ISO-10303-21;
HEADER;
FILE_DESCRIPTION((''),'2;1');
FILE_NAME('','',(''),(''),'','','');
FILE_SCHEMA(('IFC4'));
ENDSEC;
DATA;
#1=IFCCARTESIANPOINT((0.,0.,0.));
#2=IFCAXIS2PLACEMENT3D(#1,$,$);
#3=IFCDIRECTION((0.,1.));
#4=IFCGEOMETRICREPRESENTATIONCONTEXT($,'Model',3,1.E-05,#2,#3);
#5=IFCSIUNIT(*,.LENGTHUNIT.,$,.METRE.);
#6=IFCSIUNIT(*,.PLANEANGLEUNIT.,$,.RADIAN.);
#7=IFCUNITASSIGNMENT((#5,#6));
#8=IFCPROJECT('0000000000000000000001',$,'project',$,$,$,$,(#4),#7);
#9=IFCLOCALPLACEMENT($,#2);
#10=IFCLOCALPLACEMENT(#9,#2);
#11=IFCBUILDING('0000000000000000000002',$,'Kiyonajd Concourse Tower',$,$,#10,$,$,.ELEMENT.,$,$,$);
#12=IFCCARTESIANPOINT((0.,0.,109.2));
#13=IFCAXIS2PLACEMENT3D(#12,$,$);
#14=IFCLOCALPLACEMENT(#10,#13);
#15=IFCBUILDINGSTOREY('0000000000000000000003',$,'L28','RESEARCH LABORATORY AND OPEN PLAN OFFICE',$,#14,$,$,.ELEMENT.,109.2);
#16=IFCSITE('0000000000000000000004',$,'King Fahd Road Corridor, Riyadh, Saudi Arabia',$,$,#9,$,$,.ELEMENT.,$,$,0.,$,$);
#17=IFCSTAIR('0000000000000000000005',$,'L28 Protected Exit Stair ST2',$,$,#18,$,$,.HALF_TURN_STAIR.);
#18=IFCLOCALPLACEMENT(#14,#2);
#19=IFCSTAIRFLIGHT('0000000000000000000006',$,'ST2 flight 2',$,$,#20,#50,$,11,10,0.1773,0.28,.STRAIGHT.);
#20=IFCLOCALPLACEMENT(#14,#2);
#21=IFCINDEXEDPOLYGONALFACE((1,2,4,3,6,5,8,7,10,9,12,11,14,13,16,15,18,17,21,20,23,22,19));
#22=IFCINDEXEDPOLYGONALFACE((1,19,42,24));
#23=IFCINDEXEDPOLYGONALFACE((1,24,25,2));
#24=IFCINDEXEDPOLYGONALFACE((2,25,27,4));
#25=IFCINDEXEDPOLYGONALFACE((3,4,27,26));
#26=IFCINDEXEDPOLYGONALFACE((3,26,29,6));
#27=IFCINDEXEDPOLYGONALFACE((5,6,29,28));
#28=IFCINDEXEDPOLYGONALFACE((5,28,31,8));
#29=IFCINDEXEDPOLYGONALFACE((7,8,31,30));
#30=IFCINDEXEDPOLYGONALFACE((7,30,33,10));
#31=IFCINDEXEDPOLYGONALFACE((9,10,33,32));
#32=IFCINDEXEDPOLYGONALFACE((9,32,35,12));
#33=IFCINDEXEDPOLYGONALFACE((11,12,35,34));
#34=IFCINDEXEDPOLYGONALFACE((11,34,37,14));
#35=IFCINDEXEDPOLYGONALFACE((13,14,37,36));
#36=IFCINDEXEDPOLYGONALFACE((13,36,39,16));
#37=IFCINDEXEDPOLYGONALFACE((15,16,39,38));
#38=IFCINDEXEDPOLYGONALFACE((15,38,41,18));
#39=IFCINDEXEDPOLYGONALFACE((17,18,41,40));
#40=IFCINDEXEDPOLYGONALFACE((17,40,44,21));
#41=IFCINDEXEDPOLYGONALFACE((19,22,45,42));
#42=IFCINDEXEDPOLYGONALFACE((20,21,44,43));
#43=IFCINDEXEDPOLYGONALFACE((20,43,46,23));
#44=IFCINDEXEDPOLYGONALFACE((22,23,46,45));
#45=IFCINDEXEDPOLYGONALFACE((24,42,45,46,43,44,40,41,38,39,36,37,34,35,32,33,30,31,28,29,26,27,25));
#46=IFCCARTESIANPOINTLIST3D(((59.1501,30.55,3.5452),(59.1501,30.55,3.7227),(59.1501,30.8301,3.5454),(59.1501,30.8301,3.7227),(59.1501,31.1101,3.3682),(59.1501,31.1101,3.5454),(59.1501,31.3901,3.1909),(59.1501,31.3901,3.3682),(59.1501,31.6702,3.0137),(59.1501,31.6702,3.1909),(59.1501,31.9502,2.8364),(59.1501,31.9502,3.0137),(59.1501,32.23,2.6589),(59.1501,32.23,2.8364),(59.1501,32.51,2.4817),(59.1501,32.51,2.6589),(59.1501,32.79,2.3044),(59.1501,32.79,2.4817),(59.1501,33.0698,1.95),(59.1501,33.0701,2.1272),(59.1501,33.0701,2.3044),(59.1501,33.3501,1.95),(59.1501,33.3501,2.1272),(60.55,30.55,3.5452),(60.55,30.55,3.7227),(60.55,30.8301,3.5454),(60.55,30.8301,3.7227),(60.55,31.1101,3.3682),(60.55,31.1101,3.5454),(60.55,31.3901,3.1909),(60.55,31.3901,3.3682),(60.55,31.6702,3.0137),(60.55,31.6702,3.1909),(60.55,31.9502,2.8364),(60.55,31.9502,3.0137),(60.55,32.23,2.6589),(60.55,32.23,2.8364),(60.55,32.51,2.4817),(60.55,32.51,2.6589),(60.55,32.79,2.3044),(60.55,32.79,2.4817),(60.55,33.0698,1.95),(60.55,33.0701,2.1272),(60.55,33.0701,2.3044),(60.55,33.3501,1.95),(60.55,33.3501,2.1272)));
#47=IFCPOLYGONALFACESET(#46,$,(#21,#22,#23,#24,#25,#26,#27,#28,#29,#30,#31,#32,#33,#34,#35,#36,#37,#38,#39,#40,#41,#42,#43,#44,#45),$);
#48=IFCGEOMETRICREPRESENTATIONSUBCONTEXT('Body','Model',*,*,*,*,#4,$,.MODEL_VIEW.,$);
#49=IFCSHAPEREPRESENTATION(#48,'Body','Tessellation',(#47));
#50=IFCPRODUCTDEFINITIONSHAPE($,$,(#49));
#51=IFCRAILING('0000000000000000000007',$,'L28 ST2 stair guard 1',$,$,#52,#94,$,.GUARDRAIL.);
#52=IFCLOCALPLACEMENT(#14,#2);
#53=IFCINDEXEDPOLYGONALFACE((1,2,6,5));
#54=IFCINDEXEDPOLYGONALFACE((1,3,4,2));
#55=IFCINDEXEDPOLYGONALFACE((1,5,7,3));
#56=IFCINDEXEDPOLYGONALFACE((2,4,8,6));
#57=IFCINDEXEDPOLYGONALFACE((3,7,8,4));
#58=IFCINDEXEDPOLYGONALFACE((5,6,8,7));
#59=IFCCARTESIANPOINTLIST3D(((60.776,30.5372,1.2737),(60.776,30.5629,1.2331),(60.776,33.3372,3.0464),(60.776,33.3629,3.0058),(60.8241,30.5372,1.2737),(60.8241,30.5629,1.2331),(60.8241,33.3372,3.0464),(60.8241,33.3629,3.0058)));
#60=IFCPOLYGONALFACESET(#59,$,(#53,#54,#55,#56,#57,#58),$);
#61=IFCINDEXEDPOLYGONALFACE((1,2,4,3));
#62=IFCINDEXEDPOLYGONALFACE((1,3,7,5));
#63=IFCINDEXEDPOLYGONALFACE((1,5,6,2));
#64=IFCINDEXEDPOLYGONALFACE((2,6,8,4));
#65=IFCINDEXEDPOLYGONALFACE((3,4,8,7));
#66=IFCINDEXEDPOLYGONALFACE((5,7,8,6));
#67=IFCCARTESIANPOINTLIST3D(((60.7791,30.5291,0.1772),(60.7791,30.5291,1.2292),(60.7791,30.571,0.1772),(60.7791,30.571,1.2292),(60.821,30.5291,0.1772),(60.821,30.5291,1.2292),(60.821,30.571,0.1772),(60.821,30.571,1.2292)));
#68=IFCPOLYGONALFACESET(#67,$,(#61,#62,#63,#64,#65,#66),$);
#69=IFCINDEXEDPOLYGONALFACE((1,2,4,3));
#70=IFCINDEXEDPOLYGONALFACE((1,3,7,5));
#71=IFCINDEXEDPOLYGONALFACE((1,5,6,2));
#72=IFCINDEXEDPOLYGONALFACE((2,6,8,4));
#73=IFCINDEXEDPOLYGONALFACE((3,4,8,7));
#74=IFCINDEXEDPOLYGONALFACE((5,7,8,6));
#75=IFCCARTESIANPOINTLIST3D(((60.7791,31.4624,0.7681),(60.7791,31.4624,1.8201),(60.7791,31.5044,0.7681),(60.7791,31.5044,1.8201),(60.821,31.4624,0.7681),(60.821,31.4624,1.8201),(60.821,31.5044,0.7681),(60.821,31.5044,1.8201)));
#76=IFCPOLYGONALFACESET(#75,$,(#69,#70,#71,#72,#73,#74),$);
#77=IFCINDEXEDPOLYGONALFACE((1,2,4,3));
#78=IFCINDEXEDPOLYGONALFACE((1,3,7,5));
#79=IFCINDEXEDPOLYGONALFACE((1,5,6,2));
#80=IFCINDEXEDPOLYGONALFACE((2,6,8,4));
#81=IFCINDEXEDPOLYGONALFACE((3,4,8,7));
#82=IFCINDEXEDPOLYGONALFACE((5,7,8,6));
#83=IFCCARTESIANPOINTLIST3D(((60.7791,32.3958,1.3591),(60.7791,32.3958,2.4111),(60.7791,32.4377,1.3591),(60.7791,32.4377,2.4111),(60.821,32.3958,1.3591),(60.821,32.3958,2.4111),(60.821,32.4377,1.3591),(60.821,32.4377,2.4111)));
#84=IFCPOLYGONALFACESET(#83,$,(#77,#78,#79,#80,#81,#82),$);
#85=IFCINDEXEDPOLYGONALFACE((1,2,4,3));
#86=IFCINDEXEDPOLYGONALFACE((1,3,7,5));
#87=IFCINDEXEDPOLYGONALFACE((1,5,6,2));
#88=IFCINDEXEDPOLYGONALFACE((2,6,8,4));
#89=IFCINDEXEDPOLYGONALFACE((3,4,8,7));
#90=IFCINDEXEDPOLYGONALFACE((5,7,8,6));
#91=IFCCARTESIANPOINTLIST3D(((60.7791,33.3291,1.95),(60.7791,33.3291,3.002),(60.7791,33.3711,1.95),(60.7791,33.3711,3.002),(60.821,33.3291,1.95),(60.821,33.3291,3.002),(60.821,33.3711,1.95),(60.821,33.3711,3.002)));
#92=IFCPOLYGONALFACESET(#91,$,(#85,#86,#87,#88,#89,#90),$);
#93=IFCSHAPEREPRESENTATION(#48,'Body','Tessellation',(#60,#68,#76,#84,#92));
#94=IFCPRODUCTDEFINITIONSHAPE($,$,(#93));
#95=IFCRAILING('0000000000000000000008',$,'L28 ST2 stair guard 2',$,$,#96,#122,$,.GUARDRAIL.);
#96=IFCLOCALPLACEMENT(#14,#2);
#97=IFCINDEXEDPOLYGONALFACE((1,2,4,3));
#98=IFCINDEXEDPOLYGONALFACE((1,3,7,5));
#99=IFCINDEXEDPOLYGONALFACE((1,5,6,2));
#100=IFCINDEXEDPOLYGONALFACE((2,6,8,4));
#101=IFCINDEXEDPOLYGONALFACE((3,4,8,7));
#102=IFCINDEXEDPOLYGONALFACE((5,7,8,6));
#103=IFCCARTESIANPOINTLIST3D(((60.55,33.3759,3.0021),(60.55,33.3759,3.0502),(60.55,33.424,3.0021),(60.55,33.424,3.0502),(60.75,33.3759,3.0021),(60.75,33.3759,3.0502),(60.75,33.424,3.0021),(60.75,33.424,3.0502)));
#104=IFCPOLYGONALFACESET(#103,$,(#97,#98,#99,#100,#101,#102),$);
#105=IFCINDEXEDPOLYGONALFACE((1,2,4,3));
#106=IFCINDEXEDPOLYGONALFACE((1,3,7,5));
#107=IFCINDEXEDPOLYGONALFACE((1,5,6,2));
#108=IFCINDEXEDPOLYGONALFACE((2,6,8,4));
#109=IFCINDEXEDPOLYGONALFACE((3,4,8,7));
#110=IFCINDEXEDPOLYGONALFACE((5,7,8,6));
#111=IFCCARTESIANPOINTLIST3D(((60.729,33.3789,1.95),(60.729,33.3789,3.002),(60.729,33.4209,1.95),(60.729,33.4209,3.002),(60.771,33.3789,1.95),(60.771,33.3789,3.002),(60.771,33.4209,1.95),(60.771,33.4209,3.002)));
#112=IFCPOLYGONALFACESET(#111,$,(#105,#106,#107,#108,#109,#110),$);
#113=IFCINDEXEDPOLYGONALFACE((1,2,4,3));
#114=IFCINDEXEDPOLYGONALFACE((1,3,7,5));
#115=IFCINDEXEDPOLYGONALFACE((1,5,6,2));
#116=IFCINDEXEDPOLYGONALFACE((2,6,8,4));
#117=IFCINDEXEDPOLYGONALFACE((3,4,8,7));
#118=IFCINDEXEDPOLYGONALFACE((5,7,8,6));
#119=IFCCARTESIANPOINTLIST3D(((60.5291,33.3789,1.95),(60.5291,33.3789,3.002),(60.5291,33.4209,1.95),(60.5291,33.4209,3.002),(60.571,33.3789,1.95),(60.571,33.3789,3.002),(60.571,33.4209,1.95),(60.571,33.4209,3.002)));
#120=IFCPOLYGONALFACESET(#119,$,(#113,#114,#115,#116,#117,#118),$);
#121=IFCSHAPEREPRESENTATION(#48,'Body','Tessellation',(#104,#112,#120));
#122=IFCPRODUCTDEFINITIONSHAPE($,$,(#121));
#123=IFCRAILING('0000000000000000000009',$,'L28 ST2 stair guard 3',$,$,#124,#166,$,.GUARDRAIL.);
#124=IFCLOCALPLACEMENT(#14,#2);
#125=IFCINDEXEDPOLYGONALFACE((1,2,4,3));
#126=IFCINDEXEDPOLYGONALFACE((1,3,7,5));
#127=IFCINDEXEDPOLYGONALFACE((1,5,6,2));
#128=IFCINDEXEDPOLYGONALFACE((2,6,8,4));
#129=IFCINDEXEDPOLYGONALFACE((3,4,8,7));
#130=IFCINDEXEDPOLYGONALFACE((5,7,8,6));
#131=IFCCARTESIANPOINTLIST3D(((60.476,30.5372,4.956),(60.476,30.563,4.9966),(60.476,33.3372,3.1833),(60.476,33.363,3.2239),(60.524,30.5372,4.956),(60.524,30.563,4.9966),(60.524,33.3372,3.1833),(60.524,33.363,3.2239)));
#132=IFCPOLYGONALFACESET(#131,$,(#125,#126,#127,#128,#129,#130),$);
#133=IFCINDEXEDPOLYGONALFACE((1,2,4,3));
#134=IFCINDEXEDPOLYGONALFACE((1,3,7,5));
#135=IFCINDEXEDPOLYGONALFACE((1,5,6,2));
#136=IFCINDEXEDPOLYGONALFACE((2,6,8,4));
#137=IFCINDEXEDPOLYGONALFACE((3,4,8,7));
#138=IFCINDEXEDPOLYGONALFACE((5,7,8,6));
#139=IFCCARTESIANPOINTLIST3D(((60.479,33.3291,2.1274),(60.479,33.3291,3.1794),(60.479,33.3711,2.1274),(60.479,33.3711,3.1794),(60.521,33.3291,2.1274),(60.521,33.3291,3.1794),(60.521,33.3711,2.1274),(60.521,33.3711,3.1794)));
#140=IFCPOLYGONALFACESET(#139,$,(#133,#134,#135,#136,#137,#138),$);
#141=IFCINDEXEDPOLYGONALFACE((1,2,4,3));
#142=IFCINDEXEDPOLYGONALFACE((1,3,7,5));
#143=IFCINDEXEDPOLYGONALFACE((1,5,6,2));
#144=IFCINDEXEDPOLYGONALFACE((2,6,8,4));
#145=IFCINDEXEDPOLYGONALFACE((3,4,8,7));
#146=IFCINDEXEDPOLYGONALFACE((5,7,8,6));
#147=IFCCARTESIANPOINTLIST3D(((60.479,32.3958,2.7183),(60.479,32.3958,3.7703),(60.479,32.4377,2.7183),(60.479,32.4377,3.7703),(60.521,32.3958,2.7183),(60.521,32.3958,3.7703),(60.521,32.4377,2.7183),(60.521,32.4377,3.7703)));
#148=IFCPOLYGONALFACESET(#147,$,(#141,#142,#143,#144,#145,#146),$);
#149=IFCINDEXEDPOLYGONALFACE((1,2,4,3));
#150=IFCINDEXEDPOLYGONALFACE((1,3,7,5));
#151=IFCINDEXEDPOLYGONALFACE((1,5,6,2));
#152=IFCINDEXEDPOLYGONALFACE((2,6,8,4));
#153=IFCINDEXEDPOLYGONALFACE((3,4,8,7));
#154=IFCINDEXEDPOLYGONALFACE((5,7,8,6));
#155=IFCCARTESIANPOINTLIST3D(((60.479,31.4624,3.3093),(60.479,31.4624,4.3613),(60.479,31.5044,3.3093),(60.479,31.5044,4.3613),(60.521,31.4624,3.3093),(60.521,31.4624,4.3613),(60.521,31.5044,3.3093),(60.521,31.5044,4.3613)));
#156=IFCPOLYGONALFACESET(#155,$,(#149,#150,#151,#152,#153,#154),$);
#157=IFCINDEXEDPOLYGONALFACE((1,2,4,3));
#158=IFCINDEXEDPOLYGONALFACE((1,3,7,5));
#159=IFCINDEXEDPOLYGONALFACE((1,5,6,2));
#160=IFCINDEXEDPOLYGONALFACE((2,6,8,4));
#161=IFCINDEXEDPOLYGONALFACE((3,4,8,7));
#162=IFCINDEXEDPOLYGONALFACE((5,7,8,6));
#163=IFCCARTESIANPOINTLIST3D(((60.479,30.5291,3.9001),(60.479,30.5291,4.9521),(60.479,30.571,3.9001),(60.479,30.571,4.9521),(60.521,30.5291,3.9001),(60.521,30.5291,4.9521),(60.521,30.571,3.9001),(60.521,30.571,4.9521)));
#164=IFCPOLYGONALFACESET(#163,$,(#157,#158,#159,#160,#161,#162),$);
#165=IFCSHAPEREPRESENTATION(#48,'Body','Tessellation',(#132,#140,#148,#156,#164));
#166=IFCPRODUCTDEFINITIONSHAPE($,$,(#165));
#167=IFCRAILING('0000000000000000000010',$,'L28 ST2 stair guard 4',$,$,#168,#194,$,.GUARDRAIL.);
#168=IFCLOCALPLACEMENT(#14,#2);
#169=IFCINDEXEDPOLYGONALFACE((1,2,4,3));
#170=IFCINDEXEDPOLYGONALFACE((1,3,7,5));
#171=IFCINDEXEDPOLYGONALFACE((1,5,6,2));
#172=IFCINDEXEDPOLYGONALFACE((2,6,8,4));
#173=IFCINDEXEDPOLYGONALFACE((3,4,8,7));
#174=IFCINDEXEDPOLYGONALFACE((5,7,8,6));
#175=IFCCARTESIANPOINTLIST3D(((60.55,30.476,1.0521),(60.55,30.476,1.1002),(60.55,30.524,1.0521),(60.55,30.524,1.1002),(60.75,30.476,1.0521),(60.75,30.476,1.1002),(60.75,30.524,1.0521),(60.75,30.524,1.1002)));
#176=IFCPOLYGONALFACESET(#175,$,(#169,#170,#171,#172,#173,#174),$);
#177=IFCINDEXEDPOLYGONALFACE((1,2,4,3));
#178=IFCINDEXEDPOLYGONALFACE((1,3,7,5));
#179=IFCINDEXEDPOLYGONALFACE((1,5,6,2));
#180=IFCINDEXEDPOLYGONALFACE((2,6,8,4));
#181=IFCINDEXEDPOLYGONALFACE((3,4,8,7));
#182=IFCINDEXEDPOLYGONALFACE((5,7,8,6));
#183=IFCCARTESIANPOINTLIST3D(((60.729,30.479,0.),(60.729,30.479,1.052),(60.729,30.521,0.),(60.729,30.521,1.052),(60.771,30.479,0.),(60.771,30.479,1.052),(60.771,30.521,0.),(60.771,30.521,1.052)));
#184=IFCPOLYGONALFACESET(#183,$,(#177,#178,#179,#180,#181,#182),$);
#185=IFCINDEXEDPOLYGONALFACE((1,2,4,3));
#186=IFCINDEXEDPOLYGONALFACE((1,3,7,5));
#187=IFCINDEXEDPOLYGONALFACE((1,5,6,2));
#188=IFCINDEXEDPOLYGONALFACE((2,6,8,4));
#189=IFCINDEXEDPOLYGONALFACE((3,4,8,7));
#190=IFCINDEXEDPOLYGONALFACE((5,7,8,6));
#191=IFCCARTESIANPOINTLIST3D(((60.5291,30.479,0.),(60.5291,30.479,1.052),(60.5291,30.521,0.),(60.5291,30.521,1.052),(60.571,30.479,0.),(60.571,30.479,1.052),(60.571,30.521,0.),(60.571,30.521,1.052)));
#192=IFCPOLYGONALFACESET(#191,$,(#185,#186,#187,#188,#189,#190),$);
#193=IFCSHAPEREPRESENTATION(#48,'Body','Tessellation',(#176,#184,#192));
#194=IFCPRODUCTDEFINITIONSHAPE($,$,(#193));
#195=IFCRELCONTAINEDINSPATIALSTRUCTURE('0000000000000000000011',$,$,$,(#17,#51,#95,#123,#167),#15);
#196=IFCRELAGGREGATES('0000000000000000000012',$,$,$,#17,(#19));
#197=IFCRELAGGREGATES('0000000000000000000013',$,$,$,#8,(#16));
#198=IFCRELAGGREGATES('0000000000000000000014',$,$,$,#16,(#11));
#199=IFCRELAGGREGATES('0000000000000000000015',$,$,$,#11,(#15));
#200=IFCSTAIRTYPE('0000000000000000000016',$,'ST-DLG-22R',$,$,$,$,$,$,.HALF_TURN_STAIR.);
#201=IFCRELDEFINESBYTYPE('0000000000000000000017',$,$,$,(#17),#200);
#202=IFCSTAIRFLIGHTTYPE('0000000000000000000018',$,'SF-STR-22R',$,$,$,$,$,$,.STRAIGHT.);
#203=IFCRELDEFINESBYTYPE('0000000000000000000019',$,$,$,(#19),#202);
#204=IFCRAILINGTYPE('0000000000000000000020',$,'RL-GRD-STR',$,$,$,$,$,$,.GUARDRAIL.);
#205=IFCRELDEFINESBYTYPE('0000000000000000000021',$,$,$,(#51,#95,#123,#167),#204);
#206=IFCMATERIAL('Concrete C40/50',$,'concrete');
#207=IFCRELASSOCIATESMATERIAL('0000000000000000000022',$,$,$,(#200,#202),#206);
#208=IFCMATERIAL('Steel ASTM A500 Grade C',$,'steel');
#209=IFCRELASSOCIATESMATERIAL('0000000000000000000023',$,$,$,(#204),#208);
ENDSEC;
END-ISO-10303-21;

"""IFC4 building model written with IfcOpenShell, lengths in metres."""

from ifc_helpers import new_model, si_unit, direction, frame, origin, origin_2d, place, context, subcontext, project, spatial, polyline, rectangle, outline, extrude, material, type_object, element, aggregate, save


model = new_model("IFC4")

# Units and contexts
model_context = context("Model", 3, precision=1e-05, world=origin(), true_north=direction((0.0, 1.0)))
body_context = subcontext(model_context, "Body", "Model", "MODEL_VIEW")
ifc_project = project(units=[si_unit("LENGTHUNIT", "METRE"), si_unit("PLANEANGLEUNIT", "RADIAN")], contexts=[model_context])

# Site, building, storey
site_placement = place(None, origin())
site = spatial("IfcSite", under=ifc_project, at=site_placement, Name="King Fahd Road Corridor, Riyadh, Saudi Arabia", CompositionType="ELEMENT", RefElevation=0.0)
building_placement = place(site_placement, origin())
building = spatial("IfcBuilding", under=site, at=building_placement, Name="Kiyonajd Concourse Tower", CompositionType="ELEMENT")
storey_placement = place(building_placement, frame((0.0, 0.0, 109.2)))
storey = spatial("IfcBuildingStorey", under=building, at=storey_placement, Name="L28", Description="RESEARCH LABORATORY AND OPEN PLAN OFFICE", CompositionType="ELEMENT", Elevation=109.2)

# Stair, stair flight
ifc_material_1 = material(Name="Concrete C40/50", Category="concrete")
stair_type = type_object("IfcStairType", Name="ST-DLG-22R", PredefinedType="HALF_TURN_STAIR", material=ifc_material_1)
stair_placement = place(storey_placement, origin())
stair = element("IfcStair", 1, at=stair_placement, inside=storey, type_object=stair_type, Name="L28 Protected Exit Stair ST2", PredefinedType="HALF_TURN_STAIR")
stair_flight_type = type_object("IfcStairFlightType", Name="SF-STR-22R", PredefinedType="STRAIGHT", material=ifc_material_1)
stair_flight_1_placement = place(storey_placement, frame((59.8501, 33.3501, 1.95), z_axis=(0.0, 0.0, 1.0), x_axis=(0.0, -1.0, 0.0)))
stair_flight_1 = element("IfcStairFlight", 2, at=stair_flight_1_placement, type_object=stair_flight_type, Name="ST2 flight 2", NumberOfRisers=11, NumberOfTreads=10, PredefinedType="STRAIGHT", RiserHeight=0.1773, TreadLength=0.28, context=body_context, shape_type="SweptSolid", body=[
    extrude(outline(polyline([(0.0, 0.0), (0.0, 0.1772), (0.28, 0.1772), (0.28, 0.3545), (0.5601, 0.3545), (0.5601, 0.5317), (0.8401, 0.5317), (0.8401, 0.709), (1.1201, 0.709), (1.1201, 0.8865), (1.3999, 0.8865), (1.3999, 1.0637), (1.6799, 1.0637), (1.6799, 1.241), (1.96, 1.241), (1.96, 1.4182), (2.24, 1.4182), (2.24, 1.5955), (2.52, 1.5955), (2.52, 1.7727), (2.8, 1.7727), (2.8, 1.95), (2.8, 1.5952), (0.2803, 0.0), (0.0, 0.0)])), frame((0.0, 0.7, 0.0), z_axis=(0.0, -1.0, 0.0), x_axis=(1.0, 0.0, 0.0)), (0.0, 0.0, 1.0), 1.3999),
])
aggregate(stair, [stair_flight_1])

# Railings
ifc_material_2 = material(Name="Steel ASTM A500 Grade C", Category="steel")
railing_type_1 = type_object("IfcRailingType", Name="RL-GRD-STR", PredefinedType="GUARDRAIL", material=ifc_material_2)
railing_1_placement = place(storey_placement, frame((60.8, 30.55, 0.1772)))
element("IfcRailing", 3, at=railing_1_placement, inside=storey, type_object=railing_type_1, Name="L28 ST2 stair guard 1", PredefinedType="GUARDRAIL", context=body_context, shape_type="SweptSolid", body=[
    extrude(rectangle(XDim=0.0481, YDim=0.0481, at=origin_2d()), frame((0.0, 0.0, 1.0762), z_axis=(0.0, 0.844909, 0.53491), x_axis=(-1.0, 0.0, 0.0)), (0.0, 0.0, 1.0), 3.314),
    extrude(rectangle(XDim=0.042, YDim=0.042, at=origin_2d()), origin(), (0.0, 0.0, 1.0), 1.052),
    extrude(rectangle(XDim=0.042, YDim=0.042, at=origin_2d()), frame((0.0, 0.9333, 0.5908)), (0.0, 0.0, 1.0), 1.052),
    extrude(rectangle(XDim=0.042, YDim=0.042, at=origin_2d()), frame((0.0, 1.8667, 1.1819)), (0.0, 0.0, 1.0), 1.052),
    extrude(rectangle(XDim=0.042, YDim=0.042, at=origin_2d()), frame((0.0, 2.8, 1.7727)), (0.0, 0.0, 1.0), 1.052),
])
railing_2_placement = place(storey_placement, frame((60.75, 33.3999, 1.95)))
element("IfcRailing", 4, at=railing_2_placement, inside=storey, type_object=railing_type_1, Name="L28 ST2 stair guard 2", PredefinedType="GUARDRAIL", context=body_context, shape_type="SweptSolid", body=[
    extrude(rectangle(XDim=0.0481, YDim=0.0481, at=origin_2d()), frame((0.0, 0.0, 1.0762), z_axis=(-1.0, 0.0, 0.0), x_axis=(0.0, -1.0, 0.0)), (0.0, 0.0, 1.0), 0.2),
    extrude(rectangle(XDim=0.042, YDim=0.042, at=origin_2d()), origin(), (0.0, 0.0, 1.0), 1.052),
    extrude(rectangle(XDim=0.042, YDim=0.042, at=origin_2d()), frame((-0.2, 0.0, 0.0)), (0.0, 0.0, 1.0), 1.052),
])
railing_3_placement = place(storey_placement, frame((60.5, 33.3501, 2.1274)))
element("IfcRailing", 5, at=railing_3_placement, inside=storey, type_object=railing_type_1, Name="L28 ST2 stair guard 3", PredefinedType="GUARDRAIL", context=body_context, shape_type="SweptSolid", body=[
    extrude(rectangle(XDim=0.0481, YDim=0.0481, at=origin_2d()), frame((0.0, 0.0, 1.0762), z_axis=(0.0, -0.844909, 0.53491), x_axis=(1.0, 0.0, 0.0)), (0.0, 0.0, 1.0), 3.314),
    extrude(rectangle(XDim=0.042, YDim=0.042, at=origin_2d()), origin(), (0.0, 0.0, 1.0), 1.052),
    extrude(rectangle(XDim=0.042, YDim=0.042, at=origin_2d()), frame((0.0, -0.9333, 0.5908)), (0.0, 0.0, 1.0), 1.052),
    extrude(rectangle(XDim=0.042, YDim=0.042, at=origin_2d()), frame((0.0, -1.8667, 1.1819)), (0.0, 0.0, 1.0), 1.052),
    extrude(rectangle(XDim=0.042, YDim=0.042, at=origin_2d()), frame((0.0, -2.8, 1.7727)), (0.0, 0.0, 1.0), 1.052),
])
railing_4_placement = place(storey_placement, frame((60.75, 30.5, 0.0)))
element("IfcRailing", 6, at=railing_4_placement, inside=storey, type_object=railing_type_1, Name="L28 ST2 stair guard 4", PredefinedType="GUARDRAIL", context=body_context, shape_type="SweptSolid", body=[
    extrude(rectangle(XDim=0.0481, YDim=0.0481, at=origin_2d()), frame((0.0, 0.0, 1.0762), z_axis=(-1.0, 0.0, 0.0), x_axis=(0.0, -1.0, 0.0)), (0.0, 0.0, 1.0), 0.2),
    extrude(rectangle(XDim=0.042, YDim=0.042, at=origin_2d()), origin(), (0.0, 0.0, 1.0), 1.052),
    extrude(rectangle(XDim=0.042, YDim=0.042, at=origin_2d()), frame((-0.2, 0.0, 0.0)), (0.0, 0.0, 1.0), 1.052),
])

save(model, "model.ifc")
